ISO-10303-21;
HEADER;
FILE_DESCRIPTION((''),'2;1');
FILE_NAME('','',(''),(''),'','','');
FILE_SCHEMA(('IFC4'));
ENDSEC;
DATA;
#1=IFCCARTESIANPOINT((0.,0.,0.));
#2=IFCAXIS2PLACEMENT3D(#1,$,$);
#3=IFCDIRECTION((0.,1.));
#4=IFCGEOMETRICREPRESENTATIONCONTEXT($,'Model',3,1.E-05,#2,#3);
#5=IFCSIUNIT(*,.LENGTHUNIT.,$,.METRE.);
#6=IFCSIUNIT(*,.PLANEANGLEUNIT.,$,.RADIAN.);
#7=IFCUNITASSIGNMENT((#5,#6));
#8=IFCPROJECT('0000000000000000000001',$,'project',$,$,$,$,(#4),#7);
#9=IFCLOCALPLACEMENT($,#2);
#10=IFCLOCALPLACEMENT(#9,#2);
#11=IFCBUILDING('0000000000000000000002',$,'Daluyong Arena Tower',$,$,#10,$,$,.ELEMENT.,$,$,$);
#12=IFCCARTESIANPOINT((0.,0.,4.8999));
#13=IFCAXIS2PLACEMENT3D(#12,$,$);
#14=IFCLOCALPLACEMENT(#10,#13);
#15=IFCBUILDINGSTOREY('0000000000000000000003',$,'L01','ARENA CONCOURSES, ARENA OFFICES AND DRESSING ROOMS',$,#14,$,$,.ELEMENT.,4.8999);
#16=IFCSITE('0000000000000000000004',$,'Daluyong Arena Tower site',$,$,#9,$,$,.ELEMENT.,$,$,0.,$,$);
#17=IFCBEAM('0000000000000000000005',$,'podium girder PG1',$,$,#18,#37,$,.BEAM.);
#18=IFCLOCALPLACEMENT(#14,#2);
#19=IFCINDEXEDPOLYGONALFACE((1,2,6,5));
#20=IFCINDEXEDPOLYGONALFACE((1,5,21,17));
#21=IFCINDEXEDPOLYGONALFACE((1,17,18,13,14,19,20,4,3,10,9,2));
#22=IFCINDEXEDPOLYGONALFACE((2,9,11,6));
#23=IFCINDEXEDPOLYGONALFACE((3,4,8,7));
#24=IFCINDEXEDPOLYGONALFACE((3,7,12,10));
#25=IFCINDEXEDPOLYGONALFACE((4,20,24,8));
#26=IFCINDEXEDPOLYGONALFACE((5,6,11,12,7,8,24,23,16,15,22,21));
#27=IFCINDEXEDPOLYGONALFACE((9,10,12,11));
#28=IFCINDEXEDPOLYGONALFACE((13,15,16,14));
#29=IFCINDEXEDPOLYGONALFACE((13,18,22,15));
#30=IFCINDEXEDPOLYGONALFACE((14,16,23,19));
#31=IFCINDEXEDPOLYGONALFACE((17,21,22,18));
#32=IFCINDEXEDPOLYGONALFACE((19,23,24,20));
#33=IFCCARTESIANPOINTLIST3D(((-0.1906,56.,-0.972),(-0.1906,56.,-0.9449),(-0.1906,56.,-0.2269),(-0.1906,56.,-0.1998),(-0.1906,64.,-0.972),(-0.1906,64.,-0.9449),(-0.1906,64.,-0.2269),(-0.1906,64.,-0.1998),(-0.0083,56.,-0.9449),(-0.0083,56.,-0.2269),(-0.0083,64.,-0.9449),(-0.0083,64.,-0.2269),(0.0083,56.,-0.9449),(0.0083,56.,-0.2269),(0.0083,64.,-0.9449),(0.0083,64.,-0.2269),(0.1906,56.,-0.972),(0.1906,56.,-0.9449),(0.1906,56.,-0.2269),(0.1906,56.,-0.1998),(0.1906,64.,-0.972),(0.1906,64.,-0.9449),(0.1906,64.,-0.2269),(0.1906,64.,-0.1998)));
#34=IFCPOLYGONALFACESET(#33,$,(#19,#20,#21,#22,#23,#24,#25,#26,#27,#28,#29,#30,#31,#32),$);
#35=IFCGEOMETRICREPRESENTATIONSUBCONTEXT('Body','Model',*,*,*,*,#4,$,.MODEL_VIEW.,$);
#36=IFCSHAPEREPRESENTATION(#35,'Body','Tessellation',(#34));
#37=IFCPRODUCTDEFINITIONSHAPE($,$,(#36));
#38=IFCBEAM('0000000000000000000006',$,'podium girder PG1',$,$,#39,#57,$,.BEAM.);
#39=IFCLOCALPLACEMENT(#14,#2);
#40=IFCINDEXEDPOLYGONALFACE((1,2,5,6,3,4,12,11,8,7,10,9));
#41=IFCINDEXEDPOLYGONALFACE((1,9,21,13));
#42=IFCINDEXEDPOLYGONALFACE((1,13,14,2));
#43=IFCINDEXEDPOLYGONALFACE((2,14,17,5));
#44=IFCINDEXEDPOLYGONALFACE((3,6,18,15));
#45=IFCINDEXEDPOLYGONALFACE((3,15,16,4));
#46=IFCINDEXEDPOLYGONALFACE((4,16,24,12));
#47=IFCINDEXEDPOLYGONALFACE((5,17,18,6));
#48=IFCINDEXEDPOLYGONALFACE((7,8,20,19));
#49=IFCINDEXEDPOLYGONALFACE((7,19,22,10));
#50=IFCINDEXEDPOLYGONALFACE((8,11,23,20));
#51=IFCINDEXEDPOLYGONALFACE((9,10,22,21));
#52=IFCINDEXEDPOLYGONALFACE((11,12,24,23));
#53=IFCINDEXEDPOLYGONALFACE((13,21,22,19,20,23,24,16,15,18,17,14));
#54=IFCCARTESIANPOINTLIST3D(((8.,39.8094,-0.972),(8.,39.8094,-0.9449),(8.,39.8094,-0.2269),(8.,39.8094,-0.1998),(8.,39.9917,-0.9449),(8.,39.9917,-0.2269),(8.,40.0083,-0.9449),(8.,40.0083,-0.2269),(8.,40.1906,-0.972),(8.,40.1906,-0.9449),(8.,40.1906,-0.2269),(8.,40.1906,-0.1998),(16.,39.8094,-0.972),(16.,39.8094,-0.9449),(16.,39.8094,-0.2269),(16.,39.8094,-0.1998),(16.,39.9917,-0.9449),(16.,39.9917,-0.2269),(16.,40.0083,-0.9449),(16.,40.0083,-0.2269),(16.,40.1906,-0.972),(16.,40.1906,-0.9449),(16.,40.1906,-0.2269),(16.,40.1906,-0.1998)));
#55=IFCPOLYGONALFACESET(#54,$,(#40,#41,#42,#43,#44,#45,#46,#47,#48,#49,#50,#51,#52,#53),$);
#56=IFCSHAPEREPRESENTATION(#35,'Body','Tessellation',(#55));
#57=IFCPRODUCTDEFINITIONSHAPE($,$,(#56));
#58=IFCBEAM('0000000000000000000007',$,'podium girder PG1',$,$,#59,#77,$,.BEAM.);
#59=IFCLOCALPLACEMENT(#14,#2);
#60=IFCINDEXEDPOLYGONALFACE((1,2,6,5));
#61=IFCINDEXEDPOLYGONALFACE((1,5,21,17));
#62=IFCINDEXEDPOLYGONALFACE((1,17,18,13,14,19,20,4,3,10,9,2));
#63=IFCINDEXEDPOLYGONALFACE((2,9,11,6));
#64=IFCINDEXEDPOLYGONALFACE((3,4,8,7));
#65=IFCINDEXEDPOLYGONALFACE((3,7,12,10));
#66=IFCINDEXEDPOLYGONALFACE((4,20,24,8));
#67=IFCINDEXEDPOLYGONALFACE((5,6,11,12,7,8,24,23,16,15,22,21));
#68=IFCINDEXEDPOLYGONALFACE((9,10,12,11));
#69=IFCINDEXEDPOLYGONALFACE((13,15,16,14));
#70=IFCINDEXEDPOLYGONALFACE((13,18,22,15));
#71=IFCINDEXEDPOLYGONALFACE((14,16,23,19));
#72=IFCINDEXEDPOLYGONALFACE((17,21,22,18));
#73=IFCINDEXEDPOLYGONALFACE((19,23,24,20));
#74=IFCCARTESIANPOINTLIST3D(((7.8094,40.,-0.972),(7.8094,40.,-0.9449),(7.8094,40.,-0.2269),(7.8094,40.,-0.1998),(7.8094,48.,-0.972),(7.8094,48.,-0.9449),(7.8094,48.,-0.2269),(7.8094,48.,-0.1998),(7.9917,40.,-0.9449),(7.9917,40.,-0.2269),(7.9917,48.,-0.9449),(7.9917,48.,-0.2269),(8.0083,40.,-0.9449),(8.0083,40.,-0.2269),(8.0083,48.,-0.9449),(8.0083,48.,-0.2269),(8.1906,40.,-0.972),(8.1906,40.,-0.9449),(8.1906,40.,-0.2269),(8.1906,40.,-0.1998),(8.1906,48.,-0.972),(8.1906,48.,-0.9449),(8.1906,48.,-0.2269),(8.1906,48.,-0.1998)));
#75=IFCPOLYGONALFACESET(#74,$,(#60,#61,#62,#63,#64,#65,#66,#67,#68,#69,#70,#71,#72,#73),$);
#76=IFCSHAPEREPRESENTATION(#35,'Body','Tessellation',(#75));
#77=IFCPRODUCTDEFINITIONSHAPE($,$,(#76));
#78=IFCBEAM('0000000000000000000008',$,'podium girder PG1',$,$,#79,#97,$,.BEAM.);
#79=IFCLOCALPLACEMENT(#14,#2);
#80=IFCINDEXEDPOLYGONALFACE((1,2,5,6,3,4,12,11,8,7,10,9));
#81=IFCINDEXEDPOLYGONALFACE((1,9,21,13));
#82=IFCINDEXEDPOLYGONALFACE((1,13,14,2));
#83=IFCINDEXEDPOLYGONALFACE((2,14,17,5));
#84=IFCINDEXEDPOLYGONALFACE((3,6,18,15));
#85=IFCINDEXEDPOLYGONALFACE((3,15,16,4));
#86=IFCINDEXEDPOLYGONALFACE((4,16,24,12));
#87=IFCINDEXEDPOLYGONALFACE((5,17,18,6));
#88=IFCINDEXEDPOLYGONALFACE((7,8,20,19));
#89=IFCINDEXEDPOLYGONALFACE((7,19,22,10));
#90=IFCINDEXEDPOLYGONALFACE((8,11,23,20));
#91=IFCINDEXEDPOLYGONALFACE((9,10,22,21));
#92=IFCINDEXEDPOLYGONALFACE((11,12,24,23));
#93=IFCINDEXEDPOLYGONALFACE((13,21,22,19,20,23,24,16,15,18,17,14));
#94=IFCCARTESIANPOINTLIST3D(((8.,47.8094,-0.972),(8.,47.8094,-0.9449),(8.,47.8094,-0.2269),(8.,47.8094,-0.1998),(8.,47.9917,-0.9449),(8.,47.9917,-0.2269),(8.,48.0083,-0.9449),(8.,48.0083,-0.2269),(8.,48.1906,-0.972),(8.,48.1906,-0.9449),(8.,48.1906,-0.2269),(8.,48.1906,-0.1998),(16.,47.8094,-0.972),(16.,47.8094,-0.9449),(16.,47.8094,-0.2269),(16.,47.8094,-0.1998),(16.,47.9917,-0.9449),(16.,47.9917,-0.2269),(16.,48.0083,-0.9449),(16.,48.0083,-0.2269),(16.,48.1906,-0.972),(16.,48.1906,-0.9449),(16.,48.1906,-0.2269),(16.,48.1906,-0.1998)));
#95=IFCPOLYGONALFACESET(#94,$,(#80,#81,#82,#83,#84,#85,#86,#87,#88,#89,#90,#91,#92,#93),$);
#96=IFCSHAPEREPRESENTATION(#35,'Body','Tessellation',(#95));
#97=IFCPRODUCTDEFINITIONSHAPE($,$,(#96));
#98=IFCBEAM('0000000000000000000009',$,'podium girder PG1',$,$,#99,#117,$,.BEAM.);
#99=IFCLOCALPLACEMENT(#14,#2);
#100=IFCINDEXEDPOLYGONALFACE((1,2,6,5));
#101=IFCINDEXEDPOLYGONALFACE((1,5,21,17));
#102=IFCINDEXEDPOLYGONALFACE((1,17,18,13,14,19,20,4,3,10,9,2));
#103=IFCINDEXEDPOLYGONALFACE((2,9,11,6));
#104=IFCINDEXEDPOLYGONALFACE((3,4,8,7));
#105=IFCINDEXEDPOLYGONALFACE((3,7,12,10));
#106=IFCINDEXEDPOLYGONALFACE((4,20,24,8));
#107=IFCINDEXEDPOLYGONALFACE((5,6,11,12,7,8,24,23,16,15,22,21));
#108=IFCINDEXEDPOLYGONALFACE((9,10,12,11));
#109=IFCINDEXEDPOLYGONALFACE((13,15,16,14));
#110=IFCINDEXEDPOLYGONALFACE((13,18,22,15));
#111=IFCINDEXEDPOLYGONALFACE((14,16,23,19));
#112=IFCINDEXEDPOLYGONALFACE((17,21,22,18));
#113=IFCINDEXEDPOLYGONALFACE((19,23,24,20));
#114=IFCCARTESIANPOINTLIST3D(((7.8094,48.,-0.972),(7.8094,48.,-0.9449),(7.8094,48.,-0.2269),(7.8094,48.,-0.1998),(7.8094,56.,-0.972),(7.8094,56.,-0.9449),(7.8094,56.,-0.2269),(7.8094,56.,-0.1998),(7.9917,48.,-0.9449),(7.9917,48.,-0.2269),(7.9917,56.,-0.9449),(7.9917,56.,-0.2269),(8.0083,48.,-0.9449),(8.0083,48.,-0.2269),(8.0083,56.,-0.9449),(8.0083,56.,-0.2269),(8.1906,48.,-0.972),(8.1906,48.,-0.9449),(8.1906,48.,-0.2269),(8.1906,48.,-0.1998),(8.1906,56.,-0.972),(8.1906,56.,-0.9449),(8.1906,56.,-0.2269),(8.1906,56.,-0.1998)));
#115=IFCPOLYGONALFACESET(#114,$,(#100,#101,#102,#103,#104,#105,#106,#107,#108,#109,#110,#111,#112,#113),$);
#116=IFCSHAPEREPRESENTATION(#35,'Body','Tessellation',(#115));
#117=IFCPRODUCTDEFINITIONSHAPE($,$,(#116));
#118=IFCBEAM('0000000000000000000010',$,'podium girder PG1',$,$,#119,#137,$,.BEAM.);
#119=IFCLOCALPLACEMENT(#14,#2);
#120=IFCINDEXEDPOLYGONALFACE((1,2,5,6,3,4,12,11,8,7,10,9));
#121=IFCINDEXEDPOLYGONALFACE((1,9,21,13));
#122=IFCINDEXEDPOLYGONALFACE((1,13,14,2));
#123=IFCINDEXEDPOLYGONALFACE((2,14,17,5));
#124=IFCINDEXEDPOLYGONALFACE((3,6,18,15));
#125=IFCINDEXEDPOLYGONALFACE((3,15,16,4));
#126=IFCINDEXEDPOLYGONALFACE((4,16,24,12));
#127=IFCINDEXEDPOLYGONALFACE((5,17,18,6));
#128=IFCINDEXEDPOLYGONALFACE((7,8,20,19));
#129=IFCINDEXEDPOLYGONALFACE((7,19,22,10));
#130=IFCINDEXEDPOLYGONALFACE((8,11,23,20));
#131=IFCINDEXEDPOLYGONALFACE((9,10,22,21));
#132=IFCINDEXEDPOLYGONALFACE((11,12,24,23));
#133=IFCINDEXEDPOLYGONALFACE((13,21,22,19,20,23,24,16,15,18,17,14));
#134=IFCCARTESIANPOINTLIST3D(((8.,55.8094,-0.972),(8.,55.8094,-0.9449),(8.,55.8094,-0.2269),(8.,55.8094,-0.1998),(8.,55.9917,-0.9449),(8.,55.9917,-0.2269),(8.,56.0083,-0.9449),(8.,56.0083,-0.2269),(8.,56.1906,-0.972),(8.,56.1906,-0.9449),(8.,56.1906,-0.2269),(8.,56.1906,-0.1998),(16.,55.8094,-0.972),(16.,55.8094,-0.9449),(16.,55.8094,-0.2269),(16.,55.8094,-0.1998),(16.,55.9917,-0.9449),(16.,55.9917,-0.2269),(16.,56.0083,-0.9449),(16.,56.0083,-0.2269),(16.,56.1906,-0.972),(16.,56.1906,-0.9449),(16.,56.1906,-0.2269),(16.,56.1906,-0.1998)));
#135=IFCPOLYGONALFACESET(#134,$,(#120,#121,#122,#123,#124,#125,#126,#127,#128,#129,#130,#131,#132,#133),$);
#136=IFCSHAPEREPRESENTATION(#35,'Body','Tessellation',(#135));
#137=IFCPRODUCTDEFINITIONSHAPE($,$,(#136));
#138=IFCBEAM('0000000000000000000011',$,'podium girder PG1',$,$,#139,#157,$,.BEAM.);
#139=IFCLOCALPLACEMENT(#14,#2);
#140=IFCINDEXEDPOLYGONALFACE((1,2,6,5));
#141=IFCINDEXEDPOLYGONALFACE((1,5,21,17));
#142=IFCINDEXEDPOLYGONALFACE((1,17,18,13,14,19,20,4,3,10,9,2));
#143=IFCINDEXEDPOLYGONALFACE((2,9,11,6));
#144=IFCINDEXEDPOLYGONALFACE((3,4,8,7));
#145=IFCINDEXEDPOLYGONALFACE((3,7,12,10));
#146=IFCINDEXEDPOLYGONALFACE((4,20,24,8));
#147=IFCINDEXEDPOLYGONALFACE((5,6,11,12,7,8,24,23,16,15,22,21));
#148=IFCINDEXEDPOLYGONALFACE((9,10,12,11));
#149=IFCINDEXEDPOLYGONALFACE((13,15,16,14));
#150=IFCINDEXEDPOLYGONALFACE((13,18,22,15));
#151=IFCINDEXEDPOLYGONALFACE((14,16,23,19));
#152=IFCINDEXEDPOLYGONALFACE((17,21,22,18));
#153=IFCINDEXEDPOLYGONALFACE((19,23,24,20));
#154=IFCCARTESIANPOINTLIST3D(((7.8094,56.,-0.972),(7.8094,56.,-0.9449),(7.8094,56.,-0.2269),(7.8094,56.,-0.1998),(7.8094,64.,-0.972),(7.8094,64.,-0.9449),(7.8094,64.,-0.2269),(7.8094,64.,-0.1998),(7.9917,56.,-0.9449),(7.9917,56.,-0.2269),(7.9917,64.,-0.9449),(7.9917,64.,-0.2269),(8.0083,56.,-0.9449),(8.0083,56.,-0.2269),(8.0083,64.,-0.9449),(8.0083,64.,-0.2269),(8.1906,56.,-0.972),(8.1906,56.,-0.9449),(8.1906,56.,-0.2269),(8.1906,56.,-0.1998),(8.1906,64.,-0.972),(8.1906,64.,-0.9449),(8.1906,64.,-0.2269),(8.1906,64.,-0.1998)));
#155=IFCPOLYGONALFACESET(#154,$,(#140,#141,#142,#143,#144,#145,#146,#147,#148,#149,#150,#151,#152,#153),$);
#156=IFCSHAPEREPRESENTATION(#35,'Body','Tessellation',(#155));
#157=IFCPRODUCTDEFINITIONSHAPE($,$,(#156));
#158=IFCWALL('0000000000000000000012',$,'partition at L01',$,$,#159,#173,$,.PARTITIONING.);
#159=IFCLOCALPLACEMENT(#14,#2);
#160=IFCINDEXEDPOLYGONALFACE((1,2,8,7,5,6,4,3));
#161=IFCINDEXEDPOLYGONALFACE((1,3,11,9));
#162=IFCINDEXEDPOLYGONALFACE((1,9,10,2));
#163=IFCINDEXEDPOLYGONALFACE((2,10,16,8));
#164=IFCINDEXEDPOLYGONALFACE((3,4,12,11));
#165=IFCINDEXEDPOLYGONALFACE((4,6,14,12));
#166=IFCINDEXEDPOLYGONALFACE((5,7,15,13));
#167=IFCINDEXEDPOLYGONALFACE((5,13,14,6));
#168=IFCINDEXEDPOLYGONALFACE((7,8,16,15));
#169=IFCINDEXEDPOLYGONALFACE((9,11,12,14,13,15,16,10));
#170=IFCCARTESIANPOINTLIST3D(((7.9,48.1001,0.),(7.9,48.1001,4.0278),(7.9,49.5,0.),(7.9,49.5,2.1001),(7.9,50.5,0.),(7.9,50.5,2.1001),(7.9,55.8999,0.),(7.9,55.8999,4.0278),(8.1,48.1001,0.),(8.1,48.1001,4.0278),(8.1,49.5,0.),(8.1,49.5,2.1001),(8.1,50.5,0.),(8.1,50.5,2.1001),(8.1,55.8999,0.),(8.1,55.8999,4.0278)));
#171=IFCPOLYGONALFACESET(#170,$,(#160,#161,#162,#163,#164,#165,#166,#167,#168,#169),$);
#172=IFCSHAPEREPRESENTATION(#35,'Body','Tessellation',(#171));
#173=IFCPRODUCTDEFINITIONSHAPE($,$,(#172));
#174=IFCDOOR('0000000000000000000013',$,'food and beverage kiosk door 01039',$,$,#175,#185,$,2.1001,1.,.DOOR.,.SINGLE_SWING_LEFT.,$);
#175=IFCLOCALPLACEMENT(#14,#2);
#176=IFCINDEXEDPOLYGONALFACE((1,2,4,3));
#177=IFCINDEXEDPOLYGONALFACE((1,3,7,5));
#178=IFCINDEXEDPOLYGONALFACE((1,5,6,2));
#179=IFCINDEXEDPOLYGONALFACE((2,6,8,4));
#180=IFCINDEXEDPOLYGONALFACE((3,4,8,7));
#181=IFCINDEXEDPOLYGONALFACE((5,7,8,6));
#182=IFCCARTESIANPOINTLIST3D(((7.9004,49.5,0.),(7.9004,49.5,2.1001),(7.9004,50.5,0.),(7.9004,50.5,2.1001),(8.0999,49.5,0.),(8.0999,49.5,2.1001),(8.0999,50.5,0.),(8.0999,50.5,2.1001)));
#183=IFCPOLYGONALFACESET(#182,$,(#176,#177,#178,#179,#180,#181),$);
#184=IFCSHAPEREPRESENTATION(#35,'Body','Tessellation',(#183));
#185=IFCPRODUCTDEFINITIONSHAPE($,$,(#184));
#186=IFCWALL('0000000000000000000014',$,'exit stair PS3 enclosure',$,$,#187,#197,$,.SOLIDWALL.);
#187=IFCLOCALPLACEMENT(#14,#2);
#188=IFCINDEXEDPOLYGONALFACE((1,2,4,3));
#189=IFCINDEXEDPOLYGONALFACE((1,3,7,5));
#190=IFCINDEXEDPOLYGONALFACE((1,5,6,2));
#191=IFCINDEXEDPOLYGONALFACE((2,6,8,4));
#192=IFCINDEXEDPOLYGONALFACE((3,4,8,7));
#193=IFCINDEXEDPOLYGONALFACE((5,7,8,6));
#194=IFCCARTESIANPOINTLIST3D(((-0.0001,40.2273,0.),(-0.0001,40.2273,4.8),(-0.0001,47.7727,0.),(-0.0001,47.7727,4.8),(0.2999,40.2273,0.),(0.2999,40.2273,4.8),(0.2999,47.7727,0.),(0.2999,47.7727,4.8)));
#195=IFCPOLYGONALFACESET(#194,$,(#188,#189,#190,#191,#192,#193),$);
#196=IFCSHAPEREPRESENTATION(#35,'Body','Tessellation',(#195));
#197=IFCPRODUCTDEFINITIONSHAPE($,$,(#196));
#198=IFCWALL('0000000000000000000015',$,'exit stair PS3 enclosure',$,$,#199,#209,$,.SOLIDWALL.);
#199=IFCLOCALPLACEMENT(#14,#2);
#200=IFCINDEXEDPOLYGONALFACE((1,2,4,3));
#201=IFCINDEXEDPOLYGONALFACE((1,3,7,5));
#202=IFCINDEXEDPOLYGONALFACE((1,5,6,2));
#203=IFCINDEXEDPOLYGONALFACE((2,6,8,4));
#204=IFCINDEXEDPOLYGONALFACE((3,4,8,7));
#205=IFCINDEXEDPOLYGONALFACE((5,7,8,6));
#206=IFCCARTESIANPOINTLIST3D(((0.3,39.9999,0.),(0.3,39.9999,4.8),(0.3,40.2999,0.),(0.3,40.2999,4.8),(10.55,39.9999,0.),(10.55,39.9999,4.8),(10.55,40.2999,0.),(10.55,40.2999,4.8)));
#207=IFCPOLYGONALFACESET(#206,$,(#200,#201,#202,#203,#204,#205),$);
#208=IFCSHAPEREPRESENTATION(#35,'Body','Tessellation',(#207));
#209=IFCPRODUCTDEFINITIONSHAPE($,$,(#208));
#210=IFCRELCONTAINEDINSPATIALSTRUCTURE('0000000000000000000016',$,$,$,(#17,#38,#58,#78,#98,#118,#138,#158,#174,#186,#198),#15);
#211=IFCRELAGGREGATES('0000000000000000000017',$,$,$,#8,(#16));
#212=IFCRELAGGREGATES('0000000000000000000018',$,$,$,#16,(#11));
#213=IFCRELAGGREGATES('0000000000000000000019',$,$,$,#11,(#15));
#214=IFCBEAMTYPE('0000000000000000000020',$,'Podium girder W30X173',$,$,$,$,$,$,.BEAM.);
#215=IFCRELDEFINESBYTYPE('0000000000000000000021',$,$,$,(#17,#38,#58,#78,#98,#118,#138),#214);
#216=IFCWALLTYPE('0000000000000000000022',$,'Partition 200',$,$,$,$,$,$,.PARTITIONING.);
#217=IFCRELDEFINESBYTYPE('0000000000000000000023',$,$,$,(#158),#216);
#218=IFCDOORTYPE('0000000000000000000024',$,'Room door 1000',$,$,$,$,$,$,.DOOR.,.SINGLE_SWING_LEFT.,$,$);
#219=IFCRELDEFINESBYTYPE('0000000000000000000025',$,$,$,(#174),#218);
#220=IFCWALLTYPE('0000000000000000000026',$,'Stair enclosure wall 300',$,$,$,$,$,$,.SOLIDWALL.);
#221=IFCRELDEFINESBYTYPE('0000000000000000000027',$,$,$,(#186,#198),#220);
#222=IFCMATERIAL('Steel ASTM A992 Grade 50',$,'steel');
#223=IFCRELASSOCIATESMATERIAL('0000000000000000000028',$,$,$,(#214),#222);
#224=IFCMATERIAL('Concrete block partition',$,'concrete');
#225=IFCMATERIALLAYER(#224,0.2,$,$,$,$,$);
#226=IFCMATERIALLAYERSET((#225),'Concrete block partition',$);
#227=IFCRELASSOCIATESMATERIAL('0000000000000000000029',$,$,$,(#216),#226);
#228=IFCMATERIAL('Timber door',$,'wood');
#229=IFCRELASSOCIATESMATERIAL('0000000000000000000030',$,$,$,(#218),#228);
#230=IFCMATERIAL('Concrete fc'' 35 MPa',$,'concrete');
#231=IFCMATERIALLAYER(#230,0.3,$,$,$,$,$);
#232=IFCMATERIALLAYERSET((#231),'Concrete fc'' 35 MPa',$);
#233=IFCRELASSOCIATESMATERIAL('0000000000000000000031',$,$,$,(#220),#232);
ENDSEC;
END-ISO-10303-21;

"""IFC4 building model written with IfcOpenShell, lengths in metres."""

from ifc_helpers import new_model, si_unit, direction, frame, frame_2d, origin, origin_2d, place, context, subcontext, project, spatial, rectangle, i_section, extrude, material, layer, layer_set, material_profile, profile_set, type_object, element, fill, save


model = new_model("IFC4")

# Units and contexts
model_context = context("Model", 3, precision=1e-05, world=origin(), true_north=direction((0.0, 1.0)))
body_context = subcontext(model_context, "Body", "Model", "MODEL_VIEW")
ifc_project = project(units=[si_unit("LENGTHUNIT", "METRE"), si_unit("PLANEANGLEUNIT", "RADIAN")], contexts=[model_context])

# Site, building, storey
site_placement = place(None, origin())
site = spatial("IfcSite", under=ifc_project, at=site_placement, Name="Daluyong Arena Tower site", CompositionType="ELEMENT", RefElevation=0.0)
building_placement = place(site_placement, origin())
building = spatial("IfcBuilding", under=site, at=building_placement, Name="Daluyong Arena Tower", CompositionType="ELEMENT")
storey_placement = place(building_placement, frame((0.0, 0.0, 4.8999)))
storey = spatial("IfcBuildingStorey", under=building, at=storey_placement, Name="L01", Description="ARENA CONCOURSES, ARENA OFFICES AND DRESSING ROOMS", CompositionType="ELEMENT", Elevation=4.8999)

# Beams
ifc_material_1 = material(Name="Steel ASTM A992 Grade 50", Category="steel")
ifc_material_profile_1 = material_profile(ifc_material_1, i_section(OverallWidth=0.3811, OverallDepth=0.7722, WebThickness=0.0166, FlangeThickness=0.0271, at=origin_2d()))
ifc_profile_set_1 = profile_set([ifc_material_profile_1], Name="Steel ASTM A992 Grade 50")
beam_type_1 = type_object("IfcBeamType", Name="Podium girder W30X173", PredefinedType="BEAM", material=ifc_profile_set_1)
for number, where, z_axis, x_axis, name in (
    (1, (0.0, 56.0, -0.5859), (0.0, 1.0, 0.0), (-1.0, 0.0, 0.0), "podium girder PG1"),
    (2, (8.0, 40.0, -0.5859), (1.0, 0.0, 0.0), (0.0, 1.0, 0.0), "podium girder PG1"),
    (3, (8.0, 40.0, -0.5859), (0.0, 1.0, 0.0), (-1.0, 0.0, 0.0), "podium girder PG1"),
    (4, (8.0, 48.0, -0.5859), (1.0, 0.0, 0.0), (0.0, 1.0, 0.0), "podium girder PG1"),
    (5, (8.0, 48.0, -0.5859), (0.0, 1.0, 0.0), (-1.0, 0.0, 0.0), "podium girder PG1"),
    (6, (8.0, 56.0, -0.5859), (1.0, 0.0, 0.0), (0.0, 1.0, 0.0), "podium girder PG1"),
    (7, (8.0, 56.0, -0.5859), (0.0, 1.0, 0.0), (-1.0, 0.0, 0.0), "podium girder PG1"),
):
    element("IfcBeam", number, at=place(storey_placement, frame(where, z_axis=z_axis, x_axis=x_axis)), inside=storey, type_object=beam_type_1, Name=name, PredefinedType="BEAM", context=body_context, shape_type="SweptSolid", body=[
        extrude(i_section(OverallWidth=0.3811, OverallDepth=0.7722, WebThickness=0.0166, FlangeThickness=0.0271, at=origin_2d()), origin(), (0.0, 0.0, 1.0), 8.0),
    ])

# Wall, opening, door
ifc_material_2 = material(Name="Concrete block partition", Category="concrete")
ifc_layer_1 = layer(ifc_material_2, 0.2)
ifc_layer_set_1 = layer_set([ifc_layer_1], Name="Concrete block partition")
wall_type_1 = type_object("IfcWallType", Name="Partition 200", PredefinedType="PARTITIONING", material=ifc_layer_set_1)
wall_1_placement = place(storey_placement, frame((8.0, 48.1001, 0.0), z_axis=(0.0, 0.0, 1.0), x_axis=(0.0, 1.0, 0.0)))
wall_1 = element("IfcWall", 8, at=wall_1_placement, inside=storey, type_object=wall_type_1, Name="partition at L01", PredefinedType="PARTITIONING", context=body_context, shape_type="SweptSolid", body=[
    extrude(rectangle(XDim=7.7998, YDim=0.2, at=frame_2d((3.8999, 0.0))), origin(), (0.0, 0.0, 1.0), 4.0278),
])
opening_placement = place(wall_1_placement, frame((1.3999, 0.0, 0.0)))
opening = element("IfcOpeningElement", 9, at=opening_placement, cuts=wall_1, PredefinedType="OPENING", context=body_context, shape_type="SweptSolid", body=[
    extrude(rectangle(XDim=1.0, YDim=2.1001, at=frame_2d((0.5, 1.05))), frame((0.0, 0.1099, 0.0), z_axis=(0.0, -1.0, 0.0), x_axis=(1.0, 0.0, 0.0)), (0.0, 0.0, 1.0), 0.22),
])
ifc_material_3 = material(Name="Timber door", Category="wood")
door_type = type_object("IfcDoorType", Name="Room door 1000", OperationType="SINGLE_SWING_LEFT", PredefinedType="DOOR", material=ifc_material_3)
door_placement = place(opening_placement, origin())
door = element("IfcDoor", 10, at=door_placement, inside=storey, type_object=door_type, Name="food and beverage kiosk door 01039", OperationType="SINGLE_SWING_LEFT", OverallHeight=2.1001, OverallWidth=1.0, PredefinedType="DOOR", context=body_context, shape_type="SweptSolid", body=[
    extrude(rectangle(XDim=1.0, YDim=2.1001, at=frame_2d((0.5, 1.05))), frame((0.0, 0.0996, 0.0), z_axis=(0.0, -1.0, 0.0), x_axis=(1.0, 0.0, 0.0)), (0.0, 0.0, 1.0), 0.1995),
])
fill(opening, door)

# Walls
ifc_material_4 = material(Name="Concrete fc' 35 MPa", Category="concrete")
ifc_layer_2 = layer(ifc_material_4, 0.3)
ifc_layer_set_2 = layer_set([ifc_layer_2], Name="Concrete fc' 35 MPa")
wall_type_2 = type_object("IfcWallType", Name="Stair enclosure wall 300", PredefinedType="SOLIDWALL", material=ifc_layer_set_2)
wall_2_placement = place(storey_placement, frame((0.1499, 40.2273, 0.0), z_axis=(0.0, 0.0, 1.0), x_axis=(0.0, 1.0, 0.0)))
element("IfcWall", 11, at=wall_2_placement, inside=storey, type_object=wall_type_2, Name="exit stair PS3 enclosure", PredefinedType="SOLIDWALL", context=body_context, shape_type="SweptSolid", body=[
    extrude(rectangle(XDim=7.5454, YDim=0.3, at=frame_2d((3.7727, 0.0))), origin(), (0.0, 0.0, 1.0), 4.8),
])
for number, where, z_axis, x_axis, name in (
    (12, (0.3, 40.1499, 0.0), (0.0, 0.0, 1.0), (1.0, 0.0, 0.0), "exit stair PS3 enclosure"),
):
    element("IfcWall", number, at=place(storey_placement, frame(where, z_axis=z_axis, x_axis=x_axis)), inside=storey, type_object=wall_type_2, Name=name, PredefinedType="SOLIDWALL", context=body_context, shape_type="SweptSolid", body=[
        extrude(rectangle(XDim=10.25, YDim=0.3, at=frame_2d((5.125, 0.0))), origin(), (0.0, 0.0, 1.0), 4.8),
    ])

save(model, "model.ifc")
